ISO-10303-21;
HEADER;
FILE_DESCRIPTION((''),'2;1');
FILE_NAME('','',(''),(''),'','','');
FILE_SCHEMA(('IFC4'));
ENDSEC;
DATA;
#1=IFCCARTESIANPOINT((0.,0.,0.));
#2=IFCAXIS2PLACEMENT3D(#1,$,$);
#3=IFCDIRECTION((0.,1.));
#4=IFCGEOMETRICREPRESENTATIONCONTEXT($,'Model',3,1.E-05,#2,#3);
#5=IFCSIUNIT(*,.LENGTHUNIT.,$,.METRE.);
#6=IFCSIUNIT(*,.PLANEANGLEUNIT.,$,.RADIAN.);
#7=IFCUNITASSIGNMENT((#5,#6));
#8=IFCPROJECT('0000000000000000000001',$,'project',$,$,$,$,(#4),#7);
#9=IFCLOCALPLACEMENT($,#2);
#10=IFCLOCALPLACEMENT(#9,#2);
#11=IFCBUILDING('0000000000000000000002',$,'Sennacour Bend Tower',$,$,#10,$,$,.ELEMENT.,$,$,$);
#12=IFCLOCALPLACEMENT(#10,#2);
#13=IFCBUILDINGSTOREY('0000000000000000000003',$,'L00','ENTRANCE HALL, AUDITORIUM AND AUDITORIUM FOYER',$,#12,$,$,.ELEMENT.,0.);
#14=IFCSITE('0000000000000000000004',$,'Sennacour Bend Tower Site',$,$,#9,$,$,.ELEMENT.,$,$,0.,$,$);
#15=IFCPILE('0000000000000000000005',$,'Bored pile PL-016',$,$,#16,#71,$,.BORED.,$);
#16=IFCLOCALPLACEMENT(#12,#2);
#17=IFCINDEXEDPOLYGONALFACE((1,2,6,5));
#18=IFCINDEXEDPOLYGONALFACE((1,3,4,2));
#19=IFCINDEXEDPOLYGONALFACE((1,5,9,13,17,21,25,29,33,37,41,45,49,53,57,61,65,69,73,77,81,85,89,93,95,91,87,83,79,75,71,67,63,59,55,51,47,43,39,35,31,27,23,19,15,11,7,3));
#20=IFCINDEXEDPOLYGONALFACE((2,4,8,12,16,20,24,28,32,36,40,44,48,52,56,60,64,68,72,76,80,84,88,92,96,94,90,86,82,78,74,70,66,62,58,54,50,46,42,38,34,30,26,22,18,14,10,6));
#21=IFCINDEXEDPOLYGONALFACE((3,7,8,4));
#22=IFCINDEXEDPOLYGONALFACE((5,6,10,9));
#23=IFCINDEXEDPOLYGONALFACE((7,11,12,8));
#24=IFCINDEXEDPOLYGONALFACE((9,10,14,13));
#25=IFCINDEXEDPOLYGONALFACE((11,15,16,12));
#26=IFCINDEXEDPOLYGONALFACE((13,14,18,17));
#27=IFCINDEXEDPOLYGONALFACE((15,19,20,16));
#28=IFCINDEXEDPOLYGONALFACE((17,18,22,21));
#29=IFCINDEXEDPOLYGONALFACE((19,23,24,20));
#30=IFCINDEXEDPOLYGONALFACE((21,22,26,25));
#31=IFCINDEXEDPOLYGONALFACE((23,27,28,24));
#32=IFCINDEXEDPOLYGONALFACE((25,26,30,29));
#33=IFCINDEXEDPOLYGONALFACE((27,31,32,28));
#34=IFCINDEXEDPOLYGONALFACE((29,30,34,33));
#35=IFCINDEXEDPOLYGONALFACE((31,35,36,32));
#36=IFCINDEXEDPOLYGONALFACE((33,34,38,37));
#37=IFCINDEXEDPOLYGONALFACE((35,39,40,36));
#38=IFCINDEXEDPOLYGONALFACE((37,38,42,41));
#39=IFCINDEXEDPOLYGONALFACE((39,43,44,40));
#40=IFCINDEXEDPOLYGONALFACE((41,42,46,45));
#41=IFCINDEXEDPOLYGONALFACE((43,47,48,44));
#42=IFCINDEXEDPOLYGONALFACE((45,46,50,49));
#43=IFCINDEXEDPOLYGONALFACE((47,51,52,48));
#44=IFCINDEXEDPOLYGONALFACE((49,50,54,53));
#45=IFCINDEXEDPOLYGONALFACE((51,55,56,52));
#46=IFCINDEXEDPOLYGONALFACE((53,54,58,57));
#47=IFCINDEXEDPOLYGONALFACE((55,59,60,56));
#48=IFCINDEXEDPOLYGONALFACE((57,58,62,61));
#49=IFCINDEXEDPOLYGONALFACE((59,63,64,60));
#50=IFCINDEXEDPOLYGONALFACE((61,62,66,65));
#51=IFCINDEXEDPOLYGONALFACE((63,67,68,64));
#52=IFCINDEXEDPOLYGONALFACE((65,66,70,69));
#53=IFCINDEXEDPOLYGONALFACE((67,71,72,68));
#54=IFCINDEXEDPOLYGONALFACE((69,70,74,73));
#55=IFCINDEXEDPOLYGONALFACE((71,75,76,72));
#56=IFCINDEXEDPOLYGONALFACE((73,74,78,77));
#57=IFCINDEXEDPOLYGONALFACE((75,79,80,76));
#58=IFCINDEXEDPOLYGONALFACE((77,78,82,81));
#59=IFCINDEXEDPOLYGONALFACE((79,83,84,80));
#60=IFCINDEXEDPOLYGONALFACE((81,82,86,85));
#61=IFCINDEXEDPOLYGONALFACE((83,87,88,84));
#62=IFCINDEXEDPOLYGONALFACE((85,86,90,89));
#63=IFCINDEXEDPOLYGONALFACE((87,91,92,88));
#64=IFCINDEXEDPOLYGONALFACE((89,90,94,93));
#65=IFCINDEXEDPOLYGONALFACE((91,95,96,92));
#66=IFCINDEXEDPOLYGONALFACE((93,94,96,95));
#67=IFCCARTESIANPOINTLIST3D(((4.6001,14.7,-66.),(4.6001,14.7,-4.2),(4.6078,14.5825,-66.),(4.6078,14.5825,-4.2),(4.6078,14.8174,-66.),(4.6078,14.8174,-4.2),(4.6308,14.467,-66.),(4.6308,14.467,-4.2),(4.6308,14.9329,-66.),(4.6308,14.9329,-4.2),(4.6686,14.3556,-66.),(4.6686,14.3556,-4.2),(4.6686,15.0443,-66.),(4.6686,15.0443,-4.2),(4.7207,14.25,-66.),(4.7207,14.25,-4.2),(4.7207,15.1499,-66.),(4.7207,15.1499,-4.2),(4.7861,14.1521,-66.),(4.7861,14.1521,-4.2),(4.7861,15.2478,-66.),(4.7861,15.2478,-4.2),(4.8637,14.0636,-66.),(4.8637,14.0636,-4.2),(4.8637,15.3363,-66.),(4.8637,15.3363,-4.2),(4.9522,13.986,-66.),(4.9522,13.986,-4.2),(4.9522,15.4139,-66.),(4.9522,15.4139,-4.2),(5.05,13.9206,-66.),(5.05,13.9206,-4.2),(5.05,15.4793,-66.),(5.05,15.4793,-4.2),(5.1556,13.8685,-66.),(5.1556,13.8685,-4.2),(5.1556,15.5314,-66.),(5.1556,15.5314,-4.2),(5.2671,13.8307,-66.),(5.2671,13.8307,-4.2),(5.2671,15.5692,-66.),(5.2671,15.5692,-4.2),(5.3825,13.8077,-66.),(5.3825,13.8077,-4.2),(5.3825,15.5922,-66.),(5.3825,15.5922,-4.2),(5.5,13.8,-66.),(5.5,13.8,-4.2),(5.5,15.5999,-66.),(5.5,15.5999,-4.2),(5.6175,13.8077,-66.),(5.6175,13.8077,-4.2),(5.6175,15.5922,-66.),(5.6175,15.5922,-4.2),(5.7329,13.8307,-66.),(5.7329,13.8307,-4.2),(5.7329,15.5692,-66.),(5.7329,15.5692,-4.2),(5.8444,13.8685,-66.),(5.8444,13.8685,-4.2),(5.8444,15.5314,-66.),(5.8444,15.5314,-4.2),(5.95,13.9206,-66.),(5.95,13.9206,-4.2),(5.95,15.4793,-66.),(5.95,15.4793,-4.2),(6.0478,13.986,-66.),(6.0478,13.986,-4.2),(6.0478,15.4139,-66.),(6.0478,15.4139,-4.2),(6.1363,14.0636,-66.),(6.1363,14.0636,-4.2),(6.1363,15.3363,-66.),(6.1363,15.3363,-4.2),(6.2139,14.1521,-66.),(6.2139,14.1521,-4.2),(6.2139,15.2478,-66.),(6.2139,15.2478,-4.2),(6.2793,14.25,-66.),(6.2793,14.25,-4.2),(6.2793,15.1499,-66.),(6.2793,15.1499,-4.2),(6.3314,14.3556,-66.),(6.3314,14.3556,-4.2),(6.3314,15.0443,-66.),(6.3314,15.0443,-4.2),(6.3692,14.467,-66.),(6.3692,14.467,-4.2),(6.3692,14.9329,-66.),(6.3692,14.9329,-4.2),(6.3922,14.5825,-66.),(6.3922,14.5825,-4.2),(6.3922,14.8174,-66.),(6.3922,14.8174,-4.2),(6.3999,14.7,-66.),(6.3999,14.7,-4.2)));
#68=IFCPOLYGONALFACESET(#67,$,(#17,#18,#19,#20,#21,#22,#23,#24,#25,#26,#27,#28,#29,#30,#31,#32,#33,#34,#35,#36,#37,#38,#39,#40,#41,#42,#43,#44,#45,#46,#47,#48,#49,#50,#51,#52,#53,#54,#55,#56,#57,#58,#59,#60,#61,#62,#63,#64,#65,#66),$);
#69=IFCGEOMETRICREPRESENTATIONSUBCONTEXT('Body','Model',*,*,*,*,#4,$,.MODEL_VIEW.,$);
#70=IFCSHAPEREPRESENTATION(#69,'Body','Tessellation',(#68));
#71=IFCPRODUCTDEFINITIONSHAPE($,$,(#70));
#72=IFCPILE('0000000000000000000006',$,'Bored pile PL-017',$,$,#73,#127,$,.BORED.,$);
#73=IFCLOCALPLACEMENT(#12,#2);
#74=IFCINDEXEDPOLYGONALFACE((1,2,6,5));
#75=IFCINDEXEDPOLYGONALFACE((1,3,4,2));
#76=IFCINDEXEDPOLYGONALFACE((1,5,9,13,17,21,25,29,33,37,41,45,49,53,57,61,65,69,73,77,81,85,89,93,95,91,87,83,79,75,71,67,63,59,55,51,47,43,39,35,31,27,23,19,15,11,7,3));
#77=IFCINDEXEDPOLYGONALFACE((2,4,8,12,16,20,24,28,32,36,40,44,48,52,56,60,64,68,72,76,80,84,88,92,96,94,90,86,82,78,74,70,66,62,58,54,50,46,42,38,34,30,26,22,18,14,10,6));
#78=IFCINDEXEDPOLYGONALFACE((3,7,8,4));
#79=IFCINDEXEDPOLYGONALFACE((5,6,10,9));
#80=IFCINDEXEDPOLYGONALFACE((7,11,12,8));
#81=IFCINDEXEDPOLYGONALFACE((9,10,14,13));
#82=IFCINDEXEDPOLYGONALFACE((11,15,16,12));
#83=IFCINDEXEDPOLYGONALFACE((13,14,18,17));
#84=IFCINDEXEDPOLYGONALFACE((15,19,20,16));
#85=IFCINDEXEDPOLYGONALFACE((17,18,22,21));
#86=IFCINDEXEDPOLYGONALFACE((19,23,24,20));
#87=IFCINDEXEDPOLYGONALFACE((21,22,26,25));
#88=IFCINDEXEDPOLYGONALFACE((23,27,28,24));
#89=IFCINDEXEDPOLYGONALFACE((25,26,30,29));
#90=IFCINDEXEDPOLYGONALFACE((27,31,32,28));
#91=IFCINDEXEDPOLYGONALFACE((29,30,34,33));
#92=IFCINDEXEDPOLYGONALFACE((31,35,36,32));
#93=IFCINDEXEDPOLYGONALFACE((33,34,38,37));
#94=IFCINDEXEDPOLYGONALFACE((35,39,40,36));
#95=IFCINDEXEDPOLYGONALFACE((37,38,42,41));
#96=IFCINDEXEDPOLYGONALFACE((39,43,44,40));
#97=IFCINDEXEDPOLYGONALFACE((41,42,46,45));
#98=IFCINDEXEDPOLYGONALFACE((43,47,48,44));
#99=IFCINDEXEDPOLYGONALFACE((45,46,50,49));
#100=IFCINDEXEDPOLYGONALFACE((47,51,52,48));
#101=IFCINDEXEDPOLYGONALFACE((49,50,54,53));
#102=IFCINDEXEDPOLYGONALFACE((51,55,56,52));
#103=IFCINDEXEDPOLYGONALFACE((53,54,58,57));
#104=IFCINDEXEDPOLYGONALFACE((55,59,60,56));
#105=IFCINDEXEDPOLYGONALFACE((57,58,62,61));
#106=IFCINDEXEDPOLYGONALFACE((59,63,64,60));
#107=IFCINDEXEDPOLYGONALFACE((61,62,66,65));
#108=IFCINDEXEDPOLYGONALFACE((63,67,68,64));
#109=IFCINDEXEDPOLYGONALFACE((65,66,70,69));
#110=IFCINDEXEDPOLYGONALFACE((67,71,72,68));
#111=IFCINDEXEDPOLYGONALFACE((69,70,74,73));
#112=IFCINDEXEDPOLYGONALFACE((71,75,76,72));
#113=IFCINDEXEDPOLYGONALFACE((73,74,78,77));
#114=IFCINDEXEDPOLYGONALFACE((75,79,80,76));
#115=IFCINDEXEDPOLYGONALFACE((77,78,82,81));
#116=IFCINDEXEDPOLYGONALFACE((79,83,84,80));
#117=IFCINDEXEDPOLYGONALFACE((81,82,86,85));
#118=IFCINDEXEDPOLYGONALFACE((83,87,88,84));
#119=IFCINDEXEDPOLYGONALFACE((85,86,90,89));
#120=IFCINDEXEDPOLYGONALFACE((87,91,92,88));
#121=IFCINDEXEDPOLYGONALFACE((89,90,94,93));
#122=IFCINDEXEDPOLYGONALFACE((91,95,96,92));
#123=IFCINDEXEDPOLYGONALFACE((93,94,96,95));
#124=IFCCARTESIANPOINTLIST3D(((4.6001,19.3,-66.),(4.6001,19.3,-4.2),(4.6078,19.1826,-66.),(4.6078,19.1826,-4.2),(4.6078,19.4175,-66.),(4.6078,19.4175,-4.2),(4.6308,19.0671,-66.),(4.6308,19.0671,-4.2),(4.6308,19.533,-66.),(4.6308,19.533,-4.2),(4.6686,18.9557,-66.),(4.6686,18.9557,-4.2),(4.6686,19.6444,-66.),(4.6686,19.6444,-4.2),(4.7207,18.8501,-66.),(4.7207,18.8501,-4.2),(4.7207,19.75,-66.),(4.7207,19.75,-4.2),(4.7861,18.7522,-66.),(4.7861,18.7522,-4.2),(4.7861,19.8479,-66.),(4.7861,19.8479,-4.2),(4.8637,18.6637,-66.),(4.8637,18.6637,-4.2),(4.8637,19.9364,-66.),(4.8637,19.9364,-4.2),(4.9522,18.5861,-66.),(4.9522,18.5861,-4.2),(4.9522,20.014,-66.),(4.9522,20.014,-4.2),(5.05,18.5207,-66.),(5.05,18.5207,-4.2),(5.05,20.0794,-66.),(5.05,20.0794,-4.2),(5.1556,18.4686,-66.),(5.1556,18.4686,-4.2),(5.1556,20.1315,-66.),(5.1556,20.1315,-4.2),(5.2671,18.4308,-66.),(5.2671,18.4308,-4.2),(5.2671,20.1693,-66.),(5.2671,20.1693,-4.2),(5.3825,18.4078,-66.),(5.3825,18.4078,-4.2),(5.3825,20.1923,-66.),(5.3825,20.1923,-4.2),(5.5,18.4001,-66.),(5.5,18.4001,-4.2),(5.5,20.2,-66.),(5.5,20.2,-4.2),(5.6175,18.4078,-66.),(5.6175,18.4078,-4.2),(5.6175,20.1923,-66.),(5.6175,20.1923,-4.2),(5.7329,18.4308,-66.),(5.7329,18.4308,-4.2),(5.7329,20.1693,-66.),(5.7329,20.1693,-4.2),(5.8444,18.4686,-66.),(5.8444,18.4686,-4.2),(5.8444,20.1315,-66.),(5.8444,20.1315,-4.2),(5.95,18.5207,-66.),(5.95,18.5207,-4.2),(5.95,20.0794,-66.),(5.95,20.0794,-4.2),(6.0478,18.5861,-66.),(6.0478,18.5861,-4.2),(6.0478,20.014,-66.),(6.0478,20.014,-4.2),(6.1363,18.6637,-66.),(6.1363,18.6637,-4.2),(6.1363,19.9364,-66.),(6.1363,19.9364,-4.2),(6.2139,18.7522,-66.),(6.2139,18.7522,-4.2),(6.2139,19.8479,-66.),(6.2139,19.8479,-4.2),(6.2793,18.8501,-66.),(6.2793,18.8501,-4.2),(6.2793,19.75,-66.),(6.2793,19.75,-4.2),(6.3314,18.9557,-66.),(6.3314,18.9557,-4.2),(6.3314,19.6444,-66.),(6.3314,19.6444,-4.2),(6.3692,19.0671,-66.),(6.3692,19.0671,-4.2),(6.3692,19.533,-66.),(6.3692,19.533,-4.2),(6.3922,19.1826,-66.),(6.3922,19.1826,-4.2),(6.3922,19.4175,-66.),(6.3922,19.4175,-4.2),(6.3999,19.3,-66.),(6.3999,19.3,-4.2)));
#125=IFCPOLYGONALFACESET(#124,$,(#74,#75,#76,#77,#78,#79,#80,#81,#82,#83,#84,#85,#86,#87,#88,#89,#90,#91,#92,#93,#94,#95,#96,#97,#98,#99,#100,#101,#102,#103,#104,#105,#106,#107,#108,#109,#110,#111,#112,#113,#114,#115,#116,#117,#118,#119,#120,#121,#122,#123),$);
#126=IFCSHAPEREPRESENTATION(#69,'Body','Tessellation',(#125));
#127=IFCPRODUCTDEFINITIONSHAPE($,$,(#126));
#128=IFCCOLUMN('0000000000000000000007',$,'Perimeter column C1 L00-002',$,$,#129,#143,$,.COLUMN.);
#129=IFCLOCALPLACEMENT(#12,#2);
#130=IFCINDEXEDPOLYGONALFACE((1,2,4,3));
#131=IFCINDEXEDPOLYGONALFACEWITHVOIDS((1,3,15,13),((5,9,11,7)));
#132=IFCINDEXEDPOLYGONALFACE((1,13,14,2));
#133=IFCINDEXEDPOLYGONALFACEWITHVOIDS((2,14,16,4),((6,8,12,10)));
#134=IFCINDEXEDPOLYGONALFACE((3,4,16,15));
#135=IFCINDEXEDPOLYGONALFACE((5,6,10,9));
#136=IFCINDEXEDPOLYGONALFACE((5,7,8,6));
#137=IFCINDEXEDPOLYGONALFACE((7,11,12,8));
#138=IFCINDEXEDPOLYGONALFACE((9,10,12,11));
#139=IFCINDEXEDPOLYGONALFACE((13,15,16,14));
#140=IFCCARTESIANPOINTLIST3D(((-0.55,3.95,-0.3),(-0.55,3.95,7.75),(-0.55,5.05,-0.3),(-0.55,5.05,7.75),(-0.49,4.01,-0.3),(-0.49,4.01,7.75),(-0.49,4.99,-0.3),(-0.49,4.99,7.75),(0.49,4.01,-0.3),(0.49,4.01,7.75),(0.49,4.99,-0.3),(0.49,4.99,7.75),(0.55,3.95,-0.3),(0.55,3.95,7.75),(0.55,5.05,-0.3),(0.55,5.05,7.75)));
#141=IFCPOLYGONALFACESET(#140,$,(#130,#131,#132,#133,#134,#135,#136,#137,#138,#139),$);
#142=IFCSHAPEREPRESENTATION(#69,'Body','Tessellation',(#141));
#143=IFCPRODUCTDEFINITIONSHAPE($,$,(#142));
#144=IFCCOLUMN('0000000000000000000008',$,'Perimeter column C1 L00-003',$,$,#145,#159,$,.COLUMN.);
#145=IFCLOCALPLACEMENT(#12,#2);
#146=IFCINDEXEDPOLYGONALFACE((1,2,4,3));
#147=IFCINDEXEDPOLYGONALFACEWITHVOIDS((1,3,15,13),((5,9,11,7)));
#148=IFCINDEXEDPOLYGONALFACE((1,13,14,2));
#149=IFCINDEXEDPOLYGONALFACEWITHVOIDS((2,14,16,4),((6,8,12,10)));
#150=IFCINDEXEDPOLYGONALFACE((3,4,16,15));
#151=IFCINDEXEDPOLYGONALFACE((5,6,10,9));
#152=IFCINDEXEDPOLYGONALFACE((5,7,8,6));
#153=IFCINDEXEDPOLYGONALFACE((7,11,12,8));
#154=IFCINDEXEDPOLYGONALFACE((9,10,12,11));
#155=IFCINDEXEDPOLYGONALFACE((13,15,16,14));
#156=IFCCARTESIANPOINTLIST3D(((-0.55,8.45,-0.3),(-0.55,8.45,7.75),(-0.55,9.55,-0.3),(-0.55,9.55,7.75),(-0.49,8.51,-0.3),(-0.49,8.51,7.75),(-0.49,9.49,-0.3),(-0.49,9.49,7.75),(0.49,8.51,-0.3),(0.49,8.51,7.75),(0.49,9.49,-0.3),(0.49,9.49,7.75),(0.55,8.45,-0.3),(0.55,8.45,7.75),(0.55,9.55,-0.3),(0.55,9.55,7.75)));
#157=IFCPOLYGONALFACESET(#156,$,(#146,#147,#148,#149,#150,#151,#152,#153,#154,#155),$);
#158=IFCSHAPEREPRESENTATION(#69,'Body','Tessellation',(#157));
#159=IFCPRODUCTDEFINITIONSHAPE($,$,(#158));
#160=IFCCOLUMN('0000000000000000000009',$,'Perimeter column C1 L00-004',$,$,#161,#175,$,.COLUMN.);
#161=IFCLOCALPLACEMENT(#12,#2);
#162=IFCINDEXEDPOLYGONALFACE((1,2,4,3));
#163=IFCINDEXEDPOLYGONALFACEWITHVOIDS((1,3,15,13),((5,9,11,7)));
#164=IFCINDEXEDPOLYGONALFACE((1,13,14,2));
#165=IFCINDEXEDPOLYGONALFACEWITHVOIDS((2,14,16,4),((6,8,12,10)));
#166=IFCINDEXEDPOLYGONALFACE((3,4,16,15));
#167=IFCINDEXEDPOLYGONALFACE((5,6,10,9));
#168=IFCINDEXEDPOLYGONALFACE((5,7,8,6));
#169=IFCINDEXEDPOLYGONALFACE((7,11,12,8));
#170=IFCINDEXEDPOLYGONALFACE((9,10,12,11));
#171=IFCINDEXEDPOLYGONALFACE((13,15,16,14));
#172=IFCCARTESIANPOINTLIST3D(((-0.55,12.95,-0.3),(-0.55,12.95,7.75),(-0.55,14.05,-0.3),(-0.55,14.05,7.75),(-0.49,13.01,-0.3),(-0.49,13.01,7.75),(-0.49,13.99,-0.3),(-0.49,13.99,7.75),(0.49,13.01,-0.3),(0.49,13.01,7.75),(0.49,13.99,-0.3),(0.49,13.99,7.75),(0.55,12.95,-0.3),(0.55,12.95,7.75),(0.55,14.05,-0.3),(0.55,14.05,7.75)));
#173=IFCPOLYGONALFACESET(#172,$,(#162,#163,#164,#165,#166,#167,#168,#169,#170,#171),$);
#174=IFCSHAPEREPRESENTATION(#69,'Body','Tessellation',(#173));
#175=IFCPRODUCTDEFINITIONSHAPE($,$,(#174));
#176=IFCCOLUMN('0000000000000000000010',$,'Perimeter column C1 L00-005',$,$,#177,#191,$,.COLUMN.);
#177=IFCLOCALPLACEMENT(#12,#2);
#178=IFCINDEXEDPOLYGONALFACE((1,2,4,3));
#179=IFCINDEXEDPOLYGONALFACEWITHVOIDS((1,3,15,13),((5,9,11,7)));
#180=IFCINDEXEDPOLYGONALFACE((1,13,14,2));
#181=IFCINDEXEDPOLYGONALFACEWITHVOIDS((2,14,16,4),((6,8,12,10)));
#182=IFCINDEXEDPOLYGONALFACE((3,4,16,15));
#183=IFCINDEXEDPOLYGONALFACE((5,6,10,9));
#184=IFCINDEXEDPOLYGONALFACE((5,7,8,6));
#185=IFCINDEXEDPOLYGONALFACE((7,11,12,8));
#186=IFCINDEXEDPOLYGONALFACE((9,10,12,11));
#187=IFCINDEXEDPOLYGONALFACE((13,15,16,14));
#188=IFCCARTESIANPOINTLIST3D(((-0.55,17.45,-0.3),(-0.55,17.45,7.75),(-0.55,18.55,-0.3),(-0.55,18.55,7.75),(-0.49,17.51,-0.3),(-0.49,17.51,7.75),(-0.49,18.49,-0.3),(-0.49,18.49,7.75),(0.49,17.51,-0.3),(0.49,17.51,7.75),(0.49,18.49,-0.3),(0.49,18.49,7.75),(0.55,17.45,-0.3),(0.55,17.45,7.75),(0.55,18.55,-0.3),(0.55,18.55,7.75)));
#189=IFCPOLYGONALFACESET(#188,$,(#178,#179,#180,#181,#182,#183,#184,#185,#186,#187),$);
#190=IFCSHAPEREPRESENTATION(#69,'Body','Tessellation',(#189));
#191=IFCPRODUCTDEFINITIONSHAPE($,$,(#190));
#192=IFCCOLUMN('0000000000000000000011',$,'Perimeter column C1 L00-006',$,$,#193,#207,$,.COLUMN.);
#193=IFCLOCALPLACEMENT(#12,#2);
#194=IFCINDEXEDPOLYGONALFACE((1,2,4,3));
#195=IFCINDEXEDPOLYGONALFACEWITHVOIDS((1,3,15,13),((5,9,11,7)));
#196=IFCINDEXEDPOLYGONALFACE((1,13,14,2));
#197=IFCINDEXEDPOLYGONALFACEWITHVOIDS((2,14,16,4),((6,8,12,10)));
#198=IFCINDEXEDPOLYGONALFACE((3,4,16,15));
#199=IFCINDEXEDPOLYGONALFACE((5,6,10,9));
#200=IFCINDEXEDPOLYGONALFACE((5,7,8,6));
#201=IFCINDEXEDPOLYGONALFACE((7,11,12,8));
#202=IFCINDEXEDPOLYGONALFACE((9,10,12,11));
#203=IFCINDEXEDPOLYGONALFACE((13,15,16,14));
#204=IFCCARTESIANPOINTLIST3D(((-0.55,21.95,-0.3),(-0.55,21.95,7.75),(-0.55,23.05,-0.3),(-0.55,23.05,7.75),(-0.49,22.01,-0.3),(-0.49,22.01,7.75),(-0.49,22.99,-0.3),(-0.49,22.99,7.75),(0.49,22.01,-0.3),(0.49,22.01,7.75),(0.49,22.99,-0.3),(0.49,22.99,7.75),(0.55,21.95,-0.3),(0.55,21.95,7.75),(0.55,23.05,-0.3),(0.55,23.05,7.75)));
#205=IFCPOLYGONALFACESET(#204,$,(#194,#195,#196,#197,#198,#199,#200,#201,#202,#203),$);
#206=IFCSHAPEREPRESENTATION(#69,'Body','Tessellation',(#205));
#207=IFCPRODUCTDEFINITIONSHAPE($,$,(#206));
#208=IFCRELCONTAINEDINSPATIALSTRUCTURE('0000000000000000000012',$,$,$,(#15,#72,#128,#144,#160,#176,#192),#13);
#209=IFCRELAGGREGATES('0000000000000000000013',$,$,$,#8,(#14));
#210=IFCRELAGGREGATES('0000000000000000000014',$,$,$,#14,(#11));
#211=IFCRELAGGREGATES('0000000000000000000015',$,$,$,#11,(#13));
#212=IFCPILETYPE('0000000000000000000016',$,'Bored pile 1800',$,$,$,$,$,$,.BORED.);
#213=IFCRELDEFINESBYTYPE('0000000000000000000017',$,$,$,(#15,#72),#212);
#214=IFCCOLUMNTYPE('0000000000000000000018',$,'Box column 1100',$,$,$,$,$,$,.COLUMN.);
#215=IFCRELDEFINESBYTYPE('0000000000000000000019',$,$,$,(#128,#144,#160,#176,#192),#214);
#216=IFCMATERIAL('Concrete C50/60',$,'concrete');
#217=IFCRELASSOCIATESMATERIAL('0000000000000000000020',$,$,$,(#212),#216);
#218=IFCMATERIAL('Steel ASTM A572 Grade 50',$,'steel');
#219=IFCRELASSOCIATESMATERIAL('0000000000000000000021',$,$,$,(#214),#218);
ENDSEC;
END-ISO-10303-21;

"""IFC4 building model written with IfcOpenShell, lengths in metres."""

from ifc_helpers import new_model, si_unit, direction, frame, origin, origin_2d, place, context, subcontext, project, spatial, hollow_rectangle, circle, extrude, material, material_profile, profile_set, type_object, element, save


model = new_model("IFC4")

# Units and contexts
model_context = context("Model", 3, precision=1e-05, world=origin(), true_north=direction((0.0, 1.0)))
body_context = subcontext(model_context, "Body", "Model", "MODEL_VIEW")
ifc_project = project(units=[si_unit("LENGTHUNIT", "METRE"), si_unit("PLANEANGLEUNIT", "RADIAN")], contexts=[model_context])

# Site, building, storey
site_placement = place(None, origin())
site = spatial("IfcSite", under=ifc_project, at=site_placement, Name="Sennacour Bend Tower Site", CompositionType="ELEMENT", RefElevation=0.0)
building_placement = place(site_placement, origin())
building = spatial("IfcBuilding", under=site, at=building_placement, Name="Sennacour Bend Tower", CompositionType="ELEMENT")
storey_placement = place(building_placement, origin())
storey = spatial("IfcBuildingStorey", under=building, at=storey_placement, Name="L00", Description="ENTRANCE HALL, AUDITORIUM AND AUDITORIUM FOYER", CompositionType="ELEMENT", Elevation=0.0)

# Piles
ifc_material_1 = material(Name="Concrete C50/60", Category="concrete")
ifc_material_profile_1 = material_profile(ifc_material_1, circle(Radius=0.8999, at=origin_2d()), Name="Concrete C50/60", Category="concrete")
ifc_profile_set_1 = profile_set([ifc_material_profile_1], Name="Concrete C50/60")
pile_type = type_object("IfcPileType", Name="Bored pile 1800", PredefinedType="BORED", material=ifc_profile_set_1)
for number, where, z_axis, x_axis, name in (
    (1, (5.5, 14.7, -4.2), (0.0, 0.0, -1.0), (1.0, 0.0, 0.0), "Bored pile PL-016"),
    (2, (5.5, 19.3, -4.2), (0.0, 0.0, -1.0), (1.0, 0.0, 0.0), "Bored pile PL-017"),
):
    element("IfcPile", number, at=place(storey_placement, frame(where, z_axis=z_axis, x_axis=x_axis)), inside=storey, type_object=pile_type, Name=name, PredefinedType="BORED", context=body_context, shape_type="SweptSolid", body=[
        extrude(circle(Radius=0.8999, at=origin_2d()), origin(), (0.0, 0.0, 1.0), 61.8),
    ])

# Columns
ifc_material_2 = material(Name="Steel ASTM A572 Grade 50", Category="steel")
ifc_material_profile_2 = material_profile(ifc_material_2, hollow_rectangle(XDim=1.1001, YDim=1.1001, WallThickness=0.0601, at=origin_2d()), Name="Steel ASTM A572 Grade 50", Category="steel")
ifc_profile_set_2 = profile_set([ifc_material_profile_2], Name="Steel ASTM A572 Grade 50")
column_type = type_object("IfcColumnType", Name="Box column 1100", PredefinedType="COLUMN", material=ifc_profile_set_2)
for number, where, z_axis, x_axis, name in (
    (3, (0.0, 4.5, -0.3), (0.0, 0.0, 1.0), (1.0, 0.0, 0.0), "Perimeter column C1 L00-002"),
    (4, (0.0, 9.0, -0.3), (0.0, 0.0, 1.0), (1.0, 0.0, 0.0), "Perimeter column C1 L00-003"),
    (5, (0.0, 13.5, -0.3), (0.0, 0.0, 1.0), (1.0, 0.0, 0.0), "Perimeter column C1 L00-004"),
    (6, (0.0, 18.0, -0.3), (0.0, 0.0, 1.0), (1.0, 0.0, 0.0), "Perimeter column C1 L00-005"),
    (7, (0.0, 22.5, -0.3), (0.0, 0.0, 1.0), (1.0, 0.0, 0.0), "Perimeter column C1 L00-006"),
):
    element("IfcColumn", number, at=place(storey_placement, frame(where, z_axis=z_axis, x_axis=x_axis)), inside=storey, type_object=column_type, Name=name, PredefinedType="COLUMN", context=body_context, shape_type="SweptSolid", body=[
        extrude(hollow_rectangle(XDim=1.1001, YDim=1.1001, WallThickness=0.0601, at=origin_2d()), origin(), (0.0, 0.0, 1.0), 8.05),
    ])

save(model, "model.ifc")
